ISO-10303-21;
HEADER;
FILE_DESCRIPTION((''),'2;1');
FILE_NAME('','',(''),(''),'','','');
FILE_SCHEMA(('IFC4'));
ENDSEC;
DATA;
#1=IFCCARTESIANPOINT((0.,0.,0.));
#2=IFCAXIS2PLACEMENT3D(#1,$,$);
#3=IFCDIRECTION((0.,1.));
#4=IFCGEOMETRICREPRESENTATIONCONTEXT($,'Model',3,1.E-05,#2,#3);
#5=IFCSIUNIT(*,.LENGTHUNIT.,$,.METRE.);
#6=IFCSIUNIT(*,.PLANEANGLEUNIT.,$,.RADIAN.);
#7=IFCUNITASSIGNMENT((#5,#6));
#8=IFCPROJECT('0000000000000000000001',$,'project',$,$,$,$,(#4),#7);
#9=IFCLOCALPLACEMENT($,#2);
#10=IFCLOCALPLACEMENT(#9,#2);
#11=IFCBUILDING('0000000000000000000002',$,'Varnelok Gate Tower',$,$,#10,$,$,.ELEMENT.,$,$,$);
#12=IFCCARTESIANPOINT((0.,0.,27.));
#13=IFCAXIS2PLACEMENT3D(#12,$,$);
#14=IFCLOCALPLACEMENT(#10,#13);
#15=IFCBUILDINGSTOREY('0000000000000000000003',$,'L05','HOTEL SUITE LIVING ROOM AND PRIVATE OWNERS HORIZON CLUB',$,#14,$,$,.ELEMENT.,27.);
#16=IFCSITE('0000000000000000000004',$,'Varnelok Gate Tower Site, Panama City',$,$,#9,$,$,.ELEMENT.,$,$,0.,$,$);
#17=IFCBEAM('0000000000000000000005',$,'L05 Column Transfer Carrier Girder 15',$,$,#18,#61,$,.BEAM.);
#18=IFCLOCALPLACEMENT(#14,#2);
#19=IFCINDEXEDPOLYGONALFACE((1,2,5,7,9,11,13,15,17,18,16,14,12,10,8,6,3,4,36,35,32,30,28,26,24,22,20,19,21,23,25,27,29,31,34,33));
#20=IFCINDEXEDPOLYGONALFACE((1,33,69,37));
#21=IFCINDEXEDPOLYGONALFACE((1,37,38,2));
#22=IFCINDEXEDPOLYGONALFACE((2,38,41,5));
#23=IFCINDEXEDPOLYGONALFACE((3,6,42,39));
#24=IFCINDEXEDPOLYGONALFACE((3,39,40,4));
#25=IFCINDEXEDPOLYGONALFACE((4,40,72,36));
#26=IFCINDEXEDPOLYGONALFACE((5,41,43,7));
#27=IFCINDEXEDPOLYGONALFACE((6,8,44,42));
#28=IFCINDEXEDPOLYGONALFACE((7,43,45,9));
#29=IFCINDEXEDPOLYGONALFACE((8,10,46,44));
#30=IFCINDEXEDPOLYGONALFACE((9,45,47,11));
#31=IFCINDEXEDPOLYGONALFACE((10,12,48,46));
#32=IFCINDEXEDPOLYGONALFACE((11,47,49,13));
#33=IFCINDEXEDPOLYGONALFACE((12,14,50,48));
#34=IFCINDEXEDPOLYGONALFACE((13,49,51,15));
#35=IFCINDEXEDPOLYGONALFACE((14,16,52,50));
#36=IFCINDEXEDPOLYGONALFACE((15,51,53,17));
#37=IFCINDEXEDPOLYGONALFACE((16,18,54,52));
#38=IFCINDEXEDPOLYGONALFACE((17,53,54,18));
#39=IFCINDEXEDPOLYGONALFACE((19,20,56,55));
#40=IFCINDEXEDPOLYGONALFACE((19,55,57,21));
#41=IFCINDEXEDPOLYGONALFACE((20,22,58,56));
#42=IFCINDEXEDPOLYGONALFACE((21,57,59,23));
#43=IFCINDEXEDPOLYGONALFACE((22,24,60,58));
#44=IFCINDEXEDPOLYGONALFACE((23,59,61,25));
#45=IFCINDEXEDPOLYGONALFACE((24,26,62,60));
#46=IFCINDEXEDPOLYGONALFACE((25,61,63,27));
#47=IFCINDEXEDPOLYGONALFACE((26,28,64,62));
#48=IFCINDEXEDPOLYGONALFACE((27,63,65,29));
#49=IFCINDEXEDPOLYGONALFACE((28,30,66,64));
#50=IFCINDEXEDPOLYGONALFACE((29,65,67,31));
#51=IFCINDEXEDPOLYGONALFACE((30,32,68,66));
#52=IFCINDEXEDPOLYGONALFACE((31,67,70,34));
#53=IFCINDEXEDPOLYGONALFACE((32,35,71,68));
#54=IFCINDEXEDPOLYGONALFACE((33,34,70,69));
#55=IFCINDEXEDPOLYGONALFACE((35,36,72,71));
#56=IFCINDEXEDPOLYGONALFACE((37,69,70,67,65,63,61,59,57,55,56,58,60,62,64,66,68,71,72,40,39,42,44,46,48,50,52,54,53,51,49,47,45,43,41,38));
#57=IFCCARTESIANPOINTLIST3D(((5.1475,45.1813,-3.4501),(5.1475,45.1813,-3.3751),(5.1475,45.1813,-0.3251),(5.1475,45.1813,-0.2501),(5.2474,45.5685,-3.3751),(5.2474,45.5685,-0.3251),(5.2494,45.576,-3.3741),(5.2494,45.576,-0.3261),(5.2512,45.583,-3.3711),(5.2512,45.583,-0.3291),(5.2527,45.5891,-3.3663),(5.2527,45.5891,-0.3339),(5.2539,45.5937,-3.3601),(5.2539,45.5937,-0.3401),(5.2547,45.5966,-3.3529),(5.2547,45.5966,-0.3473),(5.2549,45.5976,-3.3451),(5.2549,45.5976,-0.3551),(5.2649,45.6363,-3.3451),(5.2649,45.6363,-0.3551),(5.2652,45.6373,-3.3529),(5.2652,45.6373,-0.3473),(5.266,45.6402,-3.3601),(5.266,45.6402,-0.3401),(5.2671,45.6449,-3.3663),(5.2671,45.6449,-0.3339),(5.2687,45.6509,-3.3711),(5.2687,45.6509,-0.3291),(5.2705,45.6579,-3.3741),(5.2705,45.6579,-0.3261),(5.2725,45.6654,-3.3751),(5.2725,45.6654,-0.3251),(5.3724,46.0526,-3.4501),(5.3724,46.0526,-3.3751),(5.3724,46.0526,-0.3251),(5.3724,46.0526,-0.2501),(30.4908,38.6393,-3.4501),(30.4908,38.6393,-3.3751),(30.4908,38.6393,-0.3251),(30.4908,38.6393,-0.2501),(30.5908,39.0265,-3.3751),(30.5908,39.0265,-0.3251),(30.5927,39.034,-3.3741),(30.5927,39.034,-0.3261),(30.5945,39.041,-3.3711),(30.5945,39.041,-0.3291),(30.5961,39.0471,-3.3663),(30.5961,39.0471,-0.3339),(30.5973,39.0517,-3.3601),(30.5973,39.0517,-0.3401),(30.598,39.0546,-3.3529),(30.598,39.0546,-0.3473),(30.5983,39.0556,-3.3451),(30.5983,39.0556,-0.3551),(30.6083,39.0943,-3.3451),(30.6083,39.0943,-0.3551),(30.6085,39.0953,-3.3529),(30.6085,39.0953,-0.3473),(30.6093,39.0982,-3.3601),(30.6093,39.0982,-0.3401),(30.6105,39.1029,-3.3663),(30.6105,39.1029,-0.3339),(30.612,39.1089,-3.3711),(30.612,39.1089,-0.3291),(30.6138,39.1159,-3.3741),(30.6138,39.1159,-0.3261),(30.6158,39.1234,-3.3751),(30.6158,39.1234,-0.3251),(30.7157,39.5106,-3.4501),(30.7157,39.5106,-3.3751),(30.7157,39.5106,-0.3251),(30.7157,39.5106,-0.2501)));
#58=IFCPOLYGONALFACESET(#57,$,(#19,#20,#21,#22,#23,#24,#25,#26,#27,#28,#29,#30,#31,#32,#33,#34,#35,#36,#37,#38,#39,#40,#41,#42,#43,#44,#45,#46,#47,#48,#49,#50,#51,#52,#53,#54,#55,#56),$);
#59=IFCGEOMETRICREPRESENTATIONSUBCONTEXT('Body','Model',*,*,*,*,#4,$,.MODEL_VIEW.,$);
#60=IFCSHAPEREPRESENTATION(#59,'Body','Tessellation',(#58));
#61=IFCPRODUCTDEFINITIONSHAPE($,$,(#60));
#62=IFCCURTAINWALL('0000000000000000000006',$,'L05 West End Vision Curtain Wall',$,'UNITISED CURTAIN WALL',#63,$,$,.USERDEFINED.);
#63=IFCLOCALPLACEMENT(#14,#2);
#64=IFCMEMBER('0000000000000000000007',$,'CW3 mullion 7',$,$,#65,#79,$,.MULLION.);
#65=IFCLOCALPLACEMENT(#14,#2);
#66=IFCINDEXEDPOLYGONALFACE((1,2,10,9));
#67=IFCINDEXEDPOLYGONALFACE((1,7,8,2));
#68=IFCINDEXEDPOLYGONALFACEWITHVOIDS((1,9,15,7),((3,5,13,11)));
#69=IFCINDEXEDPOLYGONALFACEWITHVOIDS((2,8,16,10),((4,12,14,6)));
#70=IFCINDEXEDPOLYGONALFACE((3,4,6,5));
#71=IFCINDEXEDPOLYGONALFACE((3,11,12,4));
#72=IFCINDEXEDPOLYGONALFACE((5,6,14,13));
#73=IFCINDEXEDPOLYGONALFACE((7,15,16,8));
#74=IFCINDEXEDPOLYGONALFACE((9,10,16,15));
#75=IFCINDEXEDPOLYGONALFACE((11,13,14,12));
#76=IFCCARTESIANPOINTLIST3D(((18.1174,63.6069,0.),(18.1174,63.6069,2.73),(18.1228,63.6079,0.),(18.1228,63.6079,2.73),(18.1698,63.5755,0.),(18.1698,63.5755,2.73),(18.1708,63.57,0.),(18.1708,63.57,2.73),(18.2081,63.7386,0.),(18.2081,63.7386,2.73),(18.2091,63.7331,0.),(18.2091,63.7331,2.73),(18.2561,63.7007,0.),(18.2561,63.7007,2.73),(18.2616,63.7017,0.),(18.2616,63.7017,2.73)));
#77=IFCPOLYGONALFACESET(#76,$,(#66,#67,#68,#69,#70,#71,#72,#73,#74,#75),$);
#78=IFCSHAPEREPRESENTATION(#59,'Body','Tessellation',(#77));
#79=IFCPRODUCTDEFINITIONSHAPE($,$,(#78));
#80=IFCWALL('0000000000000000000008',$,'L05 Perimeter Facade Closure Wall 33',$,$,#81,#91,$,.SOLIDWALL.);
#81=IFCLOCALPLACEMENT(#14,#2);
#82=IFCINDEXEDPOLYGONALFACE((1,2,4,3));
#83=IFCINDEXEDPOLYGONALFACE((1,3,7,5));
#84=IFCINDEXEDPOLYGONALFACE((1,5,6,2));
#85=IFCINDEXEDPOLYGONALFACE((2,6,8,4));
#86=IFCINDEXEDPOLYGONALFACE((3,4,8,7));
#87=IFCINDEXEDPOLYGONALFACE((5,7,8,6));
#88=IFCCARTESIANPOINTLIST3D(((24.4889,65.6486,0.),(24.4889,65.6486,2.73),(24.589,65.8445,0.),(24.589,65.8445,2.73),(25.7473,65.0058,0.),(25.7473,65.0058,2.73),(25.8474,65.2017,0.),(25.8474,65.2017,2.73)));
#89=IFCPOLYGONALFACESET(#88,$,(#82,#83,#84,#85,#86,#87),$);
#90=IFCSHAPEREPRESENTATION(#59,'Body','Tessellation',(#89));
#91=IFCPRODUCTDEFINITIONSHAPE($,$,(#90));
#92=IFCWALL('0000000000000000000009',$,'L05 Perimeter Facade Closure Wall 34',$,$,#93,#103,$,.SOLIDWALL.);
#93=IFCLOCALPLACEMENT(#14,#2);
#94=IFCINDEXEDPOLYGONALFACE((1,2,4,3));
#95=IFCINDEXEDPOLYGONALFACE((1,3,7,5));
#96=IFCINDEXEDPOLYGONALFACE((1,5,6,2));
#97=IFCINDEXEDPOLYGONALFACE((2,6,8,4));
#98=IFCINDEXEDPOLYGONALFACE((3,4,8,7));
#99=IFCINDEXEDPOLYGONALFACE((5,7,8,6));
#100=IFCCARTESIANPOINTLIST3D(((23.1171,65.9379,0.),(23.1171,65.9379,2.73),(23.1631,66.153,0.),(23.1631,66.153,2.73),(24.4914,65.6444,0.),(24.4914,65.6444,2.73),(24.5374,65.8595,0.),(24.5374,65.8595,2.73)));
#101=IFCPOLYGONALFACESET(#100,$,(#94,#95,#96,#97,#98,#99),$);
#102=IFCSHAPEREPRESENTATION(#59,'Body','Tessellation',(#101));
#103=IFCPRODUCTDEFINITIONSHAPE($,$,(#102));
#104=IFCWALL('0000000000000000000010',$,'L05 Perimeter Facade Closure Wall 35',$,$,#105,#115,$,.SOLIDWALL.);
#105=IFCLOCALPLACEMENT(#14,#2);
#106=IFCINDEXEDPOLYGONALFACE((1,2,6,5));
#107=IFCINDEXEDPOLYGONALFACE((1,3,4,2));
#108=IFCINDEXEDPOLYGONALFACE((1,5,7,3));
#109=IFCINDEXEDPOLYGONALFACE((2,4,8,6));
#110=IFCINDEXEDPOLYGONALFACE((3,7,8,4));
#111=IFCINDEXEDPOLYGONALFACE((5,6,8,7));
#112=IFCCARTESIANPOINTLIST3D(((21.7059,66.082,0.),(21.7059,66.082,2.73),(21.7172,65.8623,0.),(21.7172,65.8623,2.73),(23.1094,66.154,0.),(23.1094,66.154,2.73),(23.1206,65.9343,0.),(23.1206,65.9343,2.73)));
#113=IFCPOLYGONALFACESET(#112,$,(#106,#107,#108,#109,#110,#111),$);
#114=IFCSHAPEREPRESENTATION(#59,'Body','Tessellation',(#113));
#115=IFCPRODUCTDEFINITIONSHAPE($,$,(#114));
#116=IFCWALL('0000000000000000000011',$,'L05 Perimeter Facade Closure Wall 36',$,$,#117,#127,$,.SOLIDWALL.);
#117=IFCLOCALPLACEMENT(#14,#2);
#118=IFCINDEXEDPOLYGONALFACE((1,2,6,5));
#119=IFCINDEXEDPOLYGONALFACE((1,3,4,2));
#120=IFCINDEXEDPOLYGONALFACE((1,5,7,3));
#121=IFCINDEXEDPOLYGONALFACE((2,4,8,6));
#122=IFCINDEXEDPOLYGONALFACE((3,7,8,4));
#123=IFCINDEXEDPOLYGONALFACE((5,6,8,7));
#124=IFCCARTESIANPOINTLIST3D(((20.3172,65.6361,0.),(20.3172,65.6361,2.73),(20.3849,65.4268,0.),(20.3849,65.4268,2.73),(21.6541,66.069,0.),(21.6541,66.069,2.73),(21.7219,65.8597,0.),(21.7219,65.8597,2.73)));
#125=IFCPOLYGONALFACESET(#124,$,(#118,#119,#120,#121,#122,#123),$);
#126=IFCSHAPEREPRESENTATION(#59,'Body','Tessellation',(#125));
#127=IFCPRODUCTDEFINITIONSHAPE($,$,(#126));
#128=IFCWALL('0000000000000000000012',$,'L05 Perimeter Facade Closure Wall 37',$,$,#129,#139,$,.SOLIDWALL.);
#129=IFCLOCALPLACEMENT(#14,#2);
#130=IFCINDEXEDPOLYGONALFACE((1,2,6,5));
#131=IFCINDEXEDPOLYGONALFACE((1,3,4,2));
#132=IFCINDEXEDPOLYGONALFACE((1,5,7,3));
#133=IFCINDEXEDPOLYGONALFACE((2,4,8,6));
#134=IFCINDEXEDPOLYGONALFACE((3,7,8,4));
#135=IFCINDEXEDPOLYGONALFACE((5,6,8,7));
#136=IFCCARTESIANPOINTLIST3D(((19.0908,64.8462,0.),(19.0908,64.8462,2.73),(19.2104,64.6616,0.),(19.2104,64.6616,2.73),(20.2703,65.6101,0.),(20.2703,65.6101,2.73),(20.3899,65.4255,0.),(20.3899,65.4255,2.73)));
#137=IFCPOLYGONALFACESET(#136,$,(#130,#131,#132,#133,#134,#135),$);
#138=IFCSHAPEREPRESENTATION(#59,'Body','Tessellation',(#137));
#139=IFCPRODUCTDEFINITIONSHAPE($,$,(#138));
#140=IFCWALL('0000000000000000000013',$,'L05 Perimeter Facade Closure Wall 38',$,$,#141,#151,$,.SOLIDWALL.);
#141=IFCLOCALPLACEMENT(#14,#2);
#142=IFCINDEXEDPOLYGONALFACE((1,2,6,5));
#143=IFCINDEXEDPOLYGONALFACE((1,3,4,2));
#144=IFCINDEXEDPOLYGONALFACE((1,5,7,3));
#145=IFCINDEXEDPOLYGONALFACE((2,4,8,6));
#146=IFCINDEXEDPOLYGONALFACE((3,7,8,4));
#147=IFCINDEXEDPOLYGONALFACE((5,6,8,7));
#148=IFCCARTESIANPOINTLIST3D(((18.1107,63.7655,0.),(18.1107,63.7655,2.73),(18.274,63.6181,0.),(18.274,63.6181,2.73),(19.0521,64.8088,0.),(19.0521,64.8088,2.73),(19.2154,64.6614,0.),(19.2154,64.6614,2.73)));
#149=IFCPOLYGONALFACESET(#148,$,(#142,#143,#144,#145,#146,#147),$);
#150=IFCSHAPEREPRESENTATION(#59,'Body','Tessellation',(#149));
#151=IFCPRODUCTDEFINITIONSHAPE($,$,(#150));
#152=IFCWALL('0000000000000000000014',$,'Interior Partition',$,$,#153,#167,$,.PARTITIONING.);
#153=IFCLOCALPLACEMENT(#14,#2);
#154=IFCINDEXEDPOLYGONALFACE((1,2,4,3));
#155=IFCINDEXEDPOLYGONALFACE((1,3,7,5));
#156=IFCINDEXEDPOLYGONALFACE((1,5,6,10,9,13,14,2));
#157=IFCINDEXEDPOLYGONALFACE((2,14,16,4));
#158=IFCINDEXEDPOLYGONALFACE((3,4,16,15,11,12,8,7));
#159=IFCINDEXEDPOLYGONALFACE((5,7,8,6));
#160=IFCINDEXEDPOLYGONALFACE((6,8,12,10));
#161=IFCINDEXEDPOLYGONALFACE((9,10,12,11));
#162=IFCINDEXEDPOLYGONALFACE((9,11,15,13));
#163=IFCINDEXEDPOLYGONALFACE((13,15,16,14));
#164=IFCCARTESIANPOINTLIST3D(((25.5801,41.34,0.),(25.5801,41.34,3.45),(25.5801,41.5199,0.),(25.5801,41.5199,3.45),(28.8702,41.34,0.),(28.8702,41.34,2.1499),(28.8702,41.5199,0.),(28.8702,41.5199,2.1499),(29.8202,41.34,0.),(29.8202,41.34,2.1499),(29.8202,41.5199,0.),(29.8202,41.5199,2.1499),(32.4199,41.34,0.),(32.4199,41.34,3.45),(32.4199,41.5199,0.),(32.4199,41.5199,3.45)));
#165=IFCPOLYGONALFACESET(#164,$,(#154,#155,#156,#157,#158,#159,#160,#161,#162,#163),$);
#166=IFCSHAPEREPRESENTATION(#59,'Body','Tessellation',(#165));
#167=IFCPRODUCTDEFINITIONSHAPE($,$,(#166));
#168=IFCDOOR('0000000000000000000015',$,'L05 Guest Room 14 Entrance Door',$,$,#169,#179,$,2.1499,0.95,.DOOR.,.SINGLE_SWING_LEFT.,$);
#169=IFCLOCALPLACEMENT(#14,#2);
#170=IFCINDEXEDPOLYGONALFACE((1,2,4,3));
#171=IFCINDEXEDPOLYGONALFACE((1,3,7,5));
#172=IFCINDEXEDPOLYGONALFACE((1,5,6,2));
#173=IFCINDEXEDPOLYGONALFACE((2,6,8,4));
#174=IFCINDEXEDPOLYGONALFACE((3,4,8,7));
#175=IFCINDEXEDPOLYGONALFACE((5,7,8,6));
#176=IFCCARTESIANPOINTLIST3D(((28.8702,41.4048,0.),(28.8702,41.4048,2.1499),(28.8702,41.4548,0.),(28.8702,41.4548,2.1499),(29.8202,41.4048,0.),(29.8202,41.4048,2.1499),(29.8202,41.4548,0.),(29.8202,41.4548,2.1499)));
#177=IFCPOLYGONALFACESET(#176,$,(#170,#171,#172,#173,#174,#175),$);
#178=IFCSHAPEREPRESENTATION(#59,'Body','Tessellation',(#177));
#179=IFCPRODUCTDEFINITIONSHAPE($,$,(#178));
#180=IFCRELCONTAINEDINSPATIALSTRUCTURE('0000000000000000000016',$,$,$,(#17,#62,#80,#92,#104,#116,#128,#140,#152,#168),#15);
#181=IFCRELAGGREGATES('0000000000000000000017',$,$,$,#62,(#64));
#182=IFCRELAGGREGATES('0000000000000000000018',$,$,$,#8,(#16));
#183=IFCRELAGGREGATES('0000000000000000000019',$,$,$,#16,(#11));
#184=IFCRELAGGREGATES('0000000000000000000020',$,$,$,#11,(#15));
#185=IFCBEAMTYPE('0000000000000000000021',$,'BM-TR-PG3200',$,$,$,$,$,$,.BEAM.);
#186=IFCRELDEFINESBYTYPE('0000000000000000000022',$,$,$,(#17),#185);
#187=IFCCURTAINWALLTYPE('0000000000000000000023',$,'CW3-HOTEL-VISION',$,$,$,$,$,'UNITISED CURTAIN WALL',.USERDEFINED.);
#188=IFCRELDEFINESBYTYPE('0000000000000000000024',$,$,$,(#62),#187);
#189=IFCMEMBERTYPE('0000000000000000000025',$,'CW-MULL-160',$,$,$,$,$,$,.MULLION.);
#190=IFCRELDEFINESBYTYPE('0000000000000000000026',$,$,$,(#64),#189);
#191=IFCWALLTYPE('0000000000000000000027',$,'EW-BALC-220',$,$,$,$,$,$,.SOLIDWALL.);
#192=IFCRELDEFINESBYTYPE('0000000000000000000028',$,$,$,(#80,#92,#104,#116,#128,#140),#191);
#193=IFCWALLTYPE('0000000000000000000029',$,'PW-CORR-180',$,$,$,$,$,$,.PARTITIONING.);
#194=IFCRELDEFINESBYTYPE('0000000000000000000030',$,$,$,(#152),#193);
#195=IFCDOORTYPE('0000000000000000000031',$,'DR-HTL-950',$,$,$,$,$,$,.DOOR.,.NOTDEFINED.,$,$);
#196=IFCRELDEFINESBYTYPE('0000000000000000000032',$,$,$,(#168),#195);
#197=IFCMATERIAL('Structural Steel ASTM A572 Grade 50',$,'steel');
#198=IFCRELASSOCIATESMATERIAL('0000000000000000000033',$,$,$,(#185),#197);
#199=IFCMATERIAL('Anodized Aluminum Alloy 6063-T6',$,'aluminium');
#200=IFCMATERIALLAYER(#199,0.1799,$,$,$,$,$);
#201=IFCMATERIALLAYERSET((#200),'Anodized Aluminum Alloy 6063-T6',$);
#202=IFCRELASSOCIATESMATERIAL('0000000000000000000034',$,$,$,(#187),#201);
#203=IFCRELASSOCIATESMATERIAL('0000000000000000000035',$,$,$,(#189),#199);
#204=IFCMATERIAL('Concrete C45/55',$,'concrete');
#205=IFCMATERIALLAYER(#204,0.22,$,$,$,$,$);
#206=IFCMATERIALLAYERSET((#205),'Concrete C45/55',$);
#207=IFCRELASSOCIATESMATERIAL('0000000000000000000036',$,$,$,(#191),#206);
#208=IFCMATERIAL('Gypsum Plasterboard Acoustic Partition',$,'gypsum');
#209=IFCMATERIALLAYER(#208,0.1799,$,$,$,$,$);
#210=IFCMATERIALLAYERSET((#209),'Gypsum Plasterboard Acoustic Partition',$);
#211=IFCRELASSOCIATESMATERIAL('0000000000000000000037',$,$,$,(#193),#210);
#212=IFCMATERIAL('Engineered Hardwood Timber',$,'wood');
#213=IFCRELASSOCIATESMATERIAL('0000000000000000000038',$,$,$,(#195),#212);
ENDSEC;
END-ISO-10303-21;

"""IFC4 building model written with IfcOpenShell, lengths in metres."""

from ifc_helpers import new_model, si_unit, direction, frame, frame_2d, origin, origin_2d, place, context, subcontext, project, spatial, rectangle, hollow_rectangle, i_section, extrude, material, layer, layer_set, material_profile, profile_set, type_object, element, fill, aggregate, save


model = new_model("IFC4")

# Units and contexts
model_context = context("Model", 3, precision=1e-05, world=origin(), true_north=direction((0.0, 1.0)))
body_context = subcontext(model_context, "Body", "Model", "MODEL_VIEW")
ifc_project = project(units=[si_unit("LENGTHUNIT", "METRE"), si_unit("PLANEANGLEUNIT", "RADIAN")], contexts=[model_context])

# Site, building, storey
site_placement = place(None, origin())
site = spatial("IfcSite", under=ifc_project, at=site_placement, Name="Varnelok Gate Tower Site, Panama City", CompositionType="ELEMENT", RefElevation=0.0)
building_placement = place(site_placement, origin())
building = spatial("IfcBuilding", under=site, at=building_placement, Name="Varnelok Gate Tower", CompositionType="ELEMENT")
storey_placement = place(building_placement, frame((0.0, 0.0, 27.0)))
storey = spatial("IfcBuildingStorey", under=building, at=storey_placement, Name="L05", Description="HOTEL SUITE LIVING ROOM AND PRIVATE OWNERS HORIZON CLUB", CompositionType="ELEMENT", Elevation=27.0)

# Beam
ifc_material_1 = material(Name="Structural Steel ASTM A572 Grade 50", Category="steel")
ifc_material_profile_1 = material_profile(ifc_material_1, i_section(OverallWidth=0.8999, OverallDepth=3.2, WebThickness=0.04, FlangeThickness=0.075, FilletRadius=0.03, at=origin_2d()), Name="PG3200X900")
ifc_profile_set_1 = profile_set([ifc_material_profile_1], Name="Structural Steel ASTM A572 Grade 50")
beam_type = type_object("IfcBeamType", Name="BM-TR-PG3200", PredefinedType="BEAM", material=ifc_profile_set_1)
beam_1_placement = place(storey_placement, frame((30.6033, 39.075, -1.8501), z_axis=(-0.968261, 0.249942, 0.0), x_axis=(-0.249942, -0.968261, 0.0)))
element("IfcBeam", 1, at=beam_1_placement, inside=storey, type_object=beam_type, Name="L05 Column Transfer Carrier Girder 15", PredefinedType="BEAM", context=body_context, shape_type="SweptSolid", body=[
    extrude(i_section(OverallWidth=0.8999, OverallDepth=3.2, WebThickness=0.04, FlangeThickness=0.075, FilletRadius=0.03, at=origin_2d()), origin(), (0.0, 0.0, 1.0), 26.1741),
])

# Curtain wall, member
ifc_material_2 = material(Name="Anodized Aluminum Alloy 6063-T6", Category="aluminium")
ifc_layer_1 = layer(ifc_material_2, 0.1799)
ifc_layer_set_1 = layer_set([ifc_layer_1], Name="Anodized Aluminum Alloy 6063-T6")
curtain_wall_type = type_object("IfcCurtainWallType", Name="CW3-HOTEL-VISION", ElementType="UNITISED CURTAIN WALL", PredefinedType="USERDEFINED", material=ifc_layer_set_1)
curtain_wall_placement = place(storey_placement, origin())
curtain_wall = element("IfcCurtainWall", 2, at=curtain_wall_placement, inside=storey, type_object=curtain_wall_type, Name="L05 West End Vision Curtain Wall", ObjectType="UNITISED CURTAIN WALL", PredefinedType="USERDEFINED")
ifc_material_profile_2 = material_profile(ifc_material_2, hollow_rectangle(XDim=0.0649, YDim=0.1599, WallThickness=0.0039, at=origin_2d()), Name="ALU160X65X4")
ifc_profile_set_2 = profile_set([ifc_material_profile_2], Name="Anodized Aluminum Alloy 6063-T6")
member_type = type_object("IfcMemberType", Name="CW-MULL-160", PredefinedType="MULLION", material=ifc_profile_set_2)
member_placement = place(storey_placement, frame((18.1895, 63.6543, 0.0), z_axis=(0.0, 0.0, 1.0), x_axis=(-0.823533, 0.567269, 0.0)))
member = element("IfcMember", 3, at=member_placement, type_object=member_type, Name="CW3 mullion 7", PredefinedType="MULLION", context=body_context, shape_type="SweptSolid", body=[
    extrude(hollow_rectangle(XDim=0.0649, YDim=0.1599, WallThickness=0.0039, at=origin_2d()), origin(), (0.0, 0.0, 1.0), 2.73),
])
aggregate(curtain_wall, [member])

# Walls
ifc_material_3 = material(Name="Concrete C45/55", Category="concrete")
ifc_layer_2 = layer(ifc_material_3, 0.22)
ifc_layer_set_2 = layer_set([ifc_layer_2], Name="Concrete C45/55")
wall_type_1 = type_object("IfcWallType", Name="EW-BALC-220", PredefinedType="SOLIDWALL", material=ifc_layer_set_2)
wall_1_placement = place(storey_placement, frame((25.7974, 65.1038, 0.0), z_axis=(0.0, 0.0, 1.0), x_axis=(-0.890559, 0.454868, 0.0)))
element("IfcWall", 4, at=wall_1_placement, inside=storey, type_object=wall_type_1, Name="L05 Perimeter Facade Closure Wall 33", PredefinedType="SOLIDWALL", context=body_context, shape_type="SweptSolid", body=[
    extrude(rectangle(XDim=1.4131, YDim=0.22, at=frame_2d((0.7065, 0.0))), origin(), (0.0, 0.0, 1.0), 2.73),
])
for number, where, z_axis, x_axis, name in (
    (5, (24.5144, 65.752, 0.0), (0.0, 0.0, 1.0), (-0.977952, 0.208829, 0.0), "L05 Perimeter Facade Closure Wall 34"),
    (6, (23.115, 66.0442, 0.0), (0.0, 0.0, 1.0), (-0.998686, -0.051255, 0.0), "L05 Perimeter Facade Closure Wall 35"),
    (7, (21.688, 65.9644, 0.0), (0.0, 0.0, 1.0), (-0.951376, -0.308033, 0.0), "L05 Perimeter Facade Closure Wall 36"),
    (8, (20.3301, 65.5178, 0.0), (0.0, 0.0, 1.0), (-0.839328, -0.543626, 0.0), "L05 Perimeter Facade Closure Wall 37"),
    (9, (19.1338, 64.7351, 0.0), (0.0, 0.0, 1.0), (-0.669953, -0.742404, 0.0), "L05 Perimeter Facade Closure Wall 38"),
):
    element("IfcWall", number, at=place(storey_placement, frame(where, z_axis=z_axis, x_axis=x_axis)), inside=storey, type_object=wall_type_1, Name=name, PredefinedType="SOLIDWALL", context=body_context, shape_type="SweptSolid", body=[
        extrude(rectangle(XDim=1.4053, YDim=0.22, at=frame_2d((0.7026, 0.0))), origin(), (0.0, 0.0, 1.0), 2.73),
    ])

# Wall, opening, door
ifc_material_4 = material(Name="Gypsum Plasterboard Acoustic Partition", Category="gypsum")
ifc_layer_3 = layer(ifc_material_4, 0.1799)
ifc_layer_set_3 = layer_set([ifc_layer_3], Name="Gypsum Plasterboard Acoustic Partition")
wall_type_2 = type_object("IfcWallType", Name="PW-CORR-180", PredefinedType="PARTITIONING", material=ifc_layer_set_3)
wall_2_placement = place(storey_placement, frame((25.5801, 41.4299, 0.0), z_axis=(0.0, 0.0, 1.0), x_axis=(1.0, 0.0, 0.0)))
wall_2 = element("IfcWall", 10, at=wall_2_placement, inside=storey, type_object=wall_type_2, Name="Interior Partition", PredefinedType="PARTITIONING", context=body_context, shape_type="SweptSolid", body=[
    extrude(rectangle(XDim=6.8398, YDim=0.1799, at=frame_2d((3.4199, 0.0))), origin(), (0.0, 0.0, 1.0), 3.45),
])
opening_1_placement = place(wall_2_placement, frame((3.29, 0.0, 0.0)))
opening_1 = element("IfcOpeningElement", 11, at=opening_1_placement, cuts=wall_2, PredefinedType="OPENING", context=body_context, shape_type="SweptSolid", body=[
    extrude(rectangle(XDim=0.95, YDim=2.1499, at=frame_2d((0.4751, 1.075))), frame((0.0, 0.0999, 0.0), z_axis=(0.0, -1.0, 0.0), x_axis=(1.0, 0.0, 0.0)), (0.0, 0.0, 1.0), 0.2),
])
ifc_material_5 = material(Name="Engineered Hardwood Timber", Category="wood")
door_type_1 = type_object("IfcDoorType", Name="DR-HTL-950", OperationType="NOTDEFINED", PredefinedType="DOOR", material=ifc_material_5)
door_1_placement = place(opening_1_placement, origin())
door_1 = element("IfcDoor", 12, at=door_1_placement, inside=storey, type_object=door_type_1, Name="L05 Guest Room 14 Entrance Door", OperationType="SINGLE_SWING_LEFT", OverallHeight=2.1499, OverallWidth=0.95, PredefinedType="DOOR", context=body_context, shape_type="SweptSolid", body=[
    extrude(rectangle(XDim=0.95, YDim=2.1499, at=frame_2d((0.4751, 1.075))), frame((0.0, 0.0249, 0.0), z_axis=(0.0, -1.0, 0.0), x_axis=(1.0, 0.0, 0.0)), (0.0, 0.0, 1.0), 0.05),
])
fill(opening_1, door_1)

save(model, "model.ifc")
